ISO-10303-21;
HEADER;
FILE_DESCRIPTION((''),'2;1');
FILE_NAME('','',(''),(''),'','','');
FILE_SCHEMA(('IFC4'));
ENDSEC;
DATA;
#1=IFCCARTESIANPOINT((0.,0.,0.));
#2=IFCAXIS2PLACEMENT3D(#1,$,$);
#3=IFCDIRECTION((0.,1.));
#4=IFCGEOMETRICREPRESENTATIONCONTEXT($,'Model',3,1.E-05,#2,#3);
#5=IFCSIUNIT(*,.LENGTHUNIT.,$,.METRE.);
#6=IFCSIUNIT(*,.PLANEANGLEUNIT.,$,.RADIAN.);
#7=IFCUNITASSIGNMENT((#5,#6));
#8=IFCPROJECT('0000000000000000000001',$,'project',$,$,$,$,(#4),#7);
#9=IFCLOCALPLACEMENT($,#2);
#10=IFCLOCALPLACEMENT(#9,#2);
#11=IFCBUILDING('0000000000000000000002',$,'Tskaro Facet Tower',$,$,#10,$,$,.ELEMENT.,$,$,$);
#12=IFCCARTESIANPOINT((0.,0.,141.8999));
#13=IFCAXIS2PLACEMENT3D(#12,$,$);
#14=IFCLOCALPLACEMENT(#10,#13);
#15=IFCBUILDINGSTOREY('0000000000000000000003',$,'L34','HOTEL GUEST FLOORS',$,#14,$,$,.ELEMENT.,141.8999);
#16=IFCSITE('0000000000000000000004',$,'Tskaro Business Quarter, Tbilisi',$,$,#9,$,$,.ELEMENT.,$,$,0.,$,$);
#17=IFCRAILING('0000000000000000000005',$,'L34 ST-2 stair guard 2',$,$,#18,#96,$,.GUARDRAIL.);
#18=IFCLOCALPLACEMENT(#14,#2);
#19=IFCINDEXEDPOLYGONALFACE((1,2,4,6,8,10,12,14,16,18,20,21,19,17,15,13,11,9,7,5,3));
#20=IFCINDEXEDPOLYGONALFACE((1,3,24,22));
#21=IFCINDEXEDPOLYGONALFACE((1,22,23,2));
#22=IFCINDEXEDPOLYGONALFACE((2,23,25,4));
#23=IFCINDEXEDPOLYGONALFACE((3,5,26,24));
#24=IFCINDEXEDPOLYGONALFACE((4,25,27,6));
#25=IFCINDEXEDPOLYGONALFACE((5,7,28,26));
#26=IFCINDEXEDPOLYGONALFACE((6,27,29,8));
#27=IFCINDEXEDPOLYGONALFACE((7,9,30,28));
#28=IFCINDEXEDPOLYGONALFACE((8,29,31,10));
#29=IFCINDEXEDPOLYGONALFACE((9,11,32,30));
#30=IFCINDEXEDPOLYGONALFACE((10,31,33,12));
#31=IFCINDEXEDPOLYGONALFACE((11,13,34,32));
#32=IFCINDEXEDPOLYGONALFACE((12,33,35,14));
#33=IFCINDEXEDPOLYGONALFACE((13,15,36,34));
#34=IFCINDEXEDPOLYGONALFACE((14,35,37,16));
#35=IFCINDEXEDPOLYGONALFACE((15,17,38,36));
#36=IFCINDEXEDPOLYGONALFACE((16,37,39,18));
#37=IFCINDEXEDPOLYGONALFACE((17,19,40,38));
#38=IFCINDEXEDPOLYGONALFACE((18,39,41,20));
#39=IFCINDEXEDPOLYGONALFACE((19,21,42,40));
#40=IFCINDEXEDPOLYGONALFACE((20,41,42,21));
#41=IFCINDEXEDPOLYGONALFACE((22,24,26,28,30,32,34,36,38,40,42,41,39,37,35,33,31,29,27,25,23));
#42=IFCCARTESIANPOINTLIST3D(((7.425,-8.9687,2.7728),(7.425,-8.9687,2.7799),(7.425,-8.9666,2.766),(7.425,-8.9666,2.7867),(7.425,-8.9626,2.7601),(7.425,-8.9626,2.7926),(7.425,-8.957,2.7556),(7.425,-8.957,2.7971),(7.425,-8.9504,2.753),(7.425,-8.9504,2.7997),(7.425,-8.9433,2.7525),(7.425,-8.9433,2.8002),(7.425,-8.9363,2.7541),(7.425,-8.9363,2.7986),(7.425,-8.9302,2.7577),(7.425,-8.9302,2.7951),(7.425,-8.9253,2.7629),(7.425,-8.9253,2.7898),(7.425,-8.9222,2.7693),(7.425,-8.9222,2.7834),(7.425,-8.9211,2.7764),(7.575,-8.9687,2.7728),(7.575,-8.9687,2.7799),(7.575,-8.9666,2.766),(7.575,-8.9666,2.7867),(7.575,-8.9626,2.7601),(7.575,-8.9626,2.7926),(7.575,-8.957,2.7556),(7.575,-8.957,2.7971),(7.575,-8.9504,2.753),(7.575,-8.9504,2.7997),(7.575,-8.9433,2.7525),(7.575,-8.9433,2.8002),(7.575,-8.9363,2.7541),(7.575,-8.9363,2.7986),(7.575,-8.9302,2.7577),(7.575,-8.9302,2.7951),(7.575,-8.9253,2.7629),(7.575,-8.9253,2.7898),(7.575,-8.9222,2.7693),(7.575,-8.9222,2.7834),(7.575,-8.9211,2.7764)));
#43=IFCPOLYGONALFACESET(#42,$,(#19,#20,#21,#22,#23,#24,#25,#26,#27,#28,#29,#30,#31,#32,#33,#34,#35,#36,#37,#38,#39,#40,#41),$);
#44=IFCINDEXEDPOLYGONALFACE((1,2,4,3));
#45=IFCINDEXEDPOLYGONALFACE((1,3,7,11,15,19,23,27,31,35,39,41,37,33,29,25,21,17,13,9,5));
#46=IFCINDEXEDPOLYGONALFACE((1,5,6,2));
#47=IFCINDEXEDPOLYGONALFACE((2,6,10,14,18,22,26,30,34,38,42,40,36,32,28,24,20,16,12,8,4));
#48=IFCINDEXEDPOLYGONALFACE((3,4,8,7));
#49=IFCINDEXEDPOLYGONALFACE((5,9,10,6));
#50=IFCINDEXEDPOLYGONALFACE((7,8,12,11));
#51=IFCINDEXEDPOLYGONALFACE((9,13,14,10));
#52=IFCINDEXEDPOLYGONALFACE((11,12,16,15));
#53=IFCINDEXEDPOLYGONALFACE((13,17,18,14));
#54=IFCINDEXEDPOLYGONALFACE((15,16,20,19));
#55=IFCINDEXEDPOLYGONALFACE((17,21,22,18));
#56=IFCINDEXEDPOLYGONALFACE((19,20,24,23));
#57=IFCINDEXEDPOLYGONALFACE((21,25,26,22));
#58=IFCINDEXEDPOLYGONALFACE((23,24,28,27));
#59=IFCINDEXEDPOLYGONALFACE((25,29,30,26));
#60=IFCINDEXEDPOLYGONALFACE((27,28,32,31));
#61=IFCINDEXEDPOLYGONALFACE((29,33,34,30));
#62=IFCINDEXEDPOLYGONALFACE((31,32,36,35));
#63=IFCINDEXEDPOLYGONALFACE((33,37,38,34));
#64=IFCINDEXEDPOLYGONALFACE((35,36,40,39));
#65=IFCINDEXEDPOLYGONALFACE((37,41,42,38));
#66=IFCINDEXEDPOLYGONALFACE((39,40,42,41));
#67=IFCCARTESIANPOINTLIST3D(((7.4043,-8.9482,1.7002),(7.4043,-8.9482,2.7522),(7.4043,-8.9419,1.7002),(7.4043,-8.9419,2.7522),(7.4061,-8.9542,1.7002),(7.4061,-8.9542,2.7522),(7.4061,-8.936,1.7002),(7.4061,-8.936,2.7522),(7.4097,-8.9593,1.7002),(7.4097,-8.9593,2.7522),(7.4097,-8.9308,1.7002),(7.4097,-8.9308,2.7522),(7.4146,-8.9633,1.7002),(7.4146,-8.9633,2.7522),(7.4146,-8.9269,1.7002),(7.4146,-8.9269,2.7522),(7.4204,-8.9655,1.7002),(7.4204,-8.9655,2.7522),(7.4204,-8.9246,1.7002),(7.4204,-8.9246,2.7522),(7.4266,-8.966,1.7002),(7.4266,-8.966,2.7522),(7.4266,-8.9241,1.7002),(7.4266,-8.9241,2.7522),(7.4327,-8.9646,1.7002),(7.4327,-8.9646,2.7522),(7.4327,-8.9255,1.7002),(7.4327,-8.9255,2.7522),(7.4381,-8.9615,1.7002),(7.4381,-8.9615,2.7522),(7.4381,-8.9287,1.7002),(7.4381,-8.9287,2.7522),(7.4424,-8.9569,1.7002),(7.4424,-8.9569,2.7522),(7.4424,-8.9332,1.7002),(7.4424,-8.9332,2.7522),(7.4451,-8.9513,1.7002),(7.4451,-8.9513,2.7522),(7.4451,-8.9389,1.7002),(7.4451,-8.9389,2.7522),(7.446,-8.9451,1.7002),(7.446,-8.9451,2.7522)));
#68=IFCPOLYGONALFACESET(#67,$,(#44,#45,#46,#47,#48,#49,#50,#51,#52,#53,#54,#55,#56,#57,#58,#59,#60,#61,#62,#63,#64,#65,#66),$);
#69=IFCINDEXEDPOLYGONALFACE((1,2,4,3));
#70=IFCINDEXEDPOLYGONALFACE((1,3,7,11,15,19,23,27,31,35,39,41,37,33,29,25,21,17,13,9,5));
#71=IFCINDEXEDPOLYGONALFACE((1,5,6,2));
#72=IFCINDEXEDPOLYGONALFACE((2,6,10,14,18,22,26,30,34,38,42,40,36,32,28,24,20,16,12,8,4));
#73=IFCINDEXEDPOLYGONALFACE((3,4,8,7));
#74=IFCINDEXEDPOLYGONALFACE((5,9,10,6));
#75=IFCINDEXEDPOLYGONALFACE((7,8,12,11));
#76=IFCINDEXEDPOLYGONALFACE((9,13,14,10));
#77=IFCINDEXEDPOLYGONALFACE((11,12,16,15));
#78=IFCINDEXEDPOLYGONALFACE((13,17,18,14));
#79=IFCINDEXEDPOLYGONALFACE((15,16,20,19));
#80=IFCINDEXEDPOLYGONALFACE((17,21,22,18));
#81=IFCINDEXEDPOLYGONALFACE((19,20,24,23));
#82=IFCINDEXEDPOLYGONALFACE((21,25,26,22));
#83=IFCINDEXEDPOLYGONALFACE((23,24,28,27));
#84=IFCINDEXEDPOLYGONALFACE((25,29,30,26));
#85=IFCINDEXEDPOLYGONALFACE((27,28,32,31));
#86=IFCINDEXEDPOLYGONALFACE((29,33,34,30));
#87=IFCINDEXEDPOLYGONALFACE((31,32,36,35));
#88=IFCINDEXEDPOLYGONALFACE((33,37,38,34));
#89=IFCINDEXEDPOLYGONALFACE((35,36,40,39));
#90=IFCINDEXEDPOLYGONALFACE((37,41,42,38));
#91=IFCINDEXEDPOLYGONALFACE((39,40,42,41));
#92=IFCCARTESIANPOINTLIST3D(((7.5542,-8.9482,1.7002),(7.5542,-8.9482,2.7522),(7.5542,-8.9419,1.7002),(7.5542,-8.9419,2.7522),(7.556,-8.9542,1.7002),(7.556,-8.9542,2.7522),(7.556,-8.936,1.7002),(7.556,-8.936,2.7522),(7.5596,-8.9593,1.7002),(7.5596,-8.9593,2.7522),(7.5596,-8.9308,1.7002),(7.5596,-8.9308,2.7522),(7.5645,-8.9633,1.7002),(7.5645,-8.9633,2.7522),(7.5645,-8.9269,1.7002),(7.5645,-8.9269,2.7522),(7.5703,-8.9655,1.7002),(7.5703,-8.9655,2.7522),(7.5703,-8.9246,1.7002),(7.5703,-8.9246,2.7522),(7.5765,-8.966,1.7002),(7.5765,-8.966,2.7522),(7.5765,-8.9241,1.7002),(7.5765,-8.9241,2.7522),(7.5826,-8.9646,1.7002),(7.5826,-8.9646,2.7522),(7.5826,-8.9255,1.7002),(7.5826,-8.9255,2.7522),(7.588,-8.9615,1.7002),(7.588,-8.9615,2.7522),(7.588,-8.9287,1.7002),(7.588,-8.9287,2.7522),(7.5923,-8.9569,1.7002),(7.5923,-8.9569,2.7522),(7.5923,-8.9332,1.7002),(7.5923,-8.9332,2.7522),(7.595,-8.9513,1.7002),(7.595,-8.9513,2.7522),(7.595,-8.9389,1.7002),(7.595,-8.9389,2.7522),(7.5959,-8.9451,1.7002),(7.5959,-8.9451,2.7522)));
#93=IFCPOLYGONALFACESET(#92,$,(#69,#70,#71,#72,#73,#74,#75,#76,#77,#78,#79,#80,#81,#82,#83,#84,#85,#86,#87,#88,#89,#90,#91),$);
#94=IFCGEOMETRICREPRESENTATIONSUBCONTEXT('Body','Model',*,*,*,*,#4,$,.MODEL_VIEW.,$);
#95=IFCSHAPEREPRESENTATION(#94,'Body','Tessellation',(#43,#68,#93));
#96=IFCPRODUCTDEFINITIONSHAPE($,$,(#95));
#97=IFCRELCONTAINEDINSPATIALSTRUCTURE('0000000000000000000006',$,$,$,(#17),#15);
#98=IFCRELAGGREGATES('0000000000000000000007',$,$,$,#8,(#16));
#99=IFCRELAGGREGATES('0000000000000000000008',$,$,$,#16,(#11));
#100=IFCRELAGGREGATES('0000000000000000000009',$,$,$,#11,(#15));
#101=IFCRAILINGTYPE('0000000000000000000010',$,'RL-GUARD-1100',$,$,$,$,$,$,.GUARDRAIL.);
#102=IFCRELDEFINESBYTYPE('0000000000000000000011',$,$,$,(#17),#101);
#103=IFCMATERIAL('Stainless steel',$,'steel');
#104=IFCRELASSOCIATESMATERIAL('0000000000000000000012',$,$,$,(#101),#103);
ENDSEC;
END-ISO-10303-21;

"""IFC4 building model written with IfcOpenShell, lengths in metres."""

from ifc_helpers import new_model, si_unit, direction, frame, origin, origin_2d, place, context, subcontext, project, spatial, circle, extrude, material, type_object, element, save


model = new_model("IFC4")

# Units and contexts
model_context = context("Model", 3, precision=1e-05, world=origin(), true_north=direction((0.0, 1.0)))
body_context = subcontext(model_context, "Body", "Model", "MODEL_VIEW")
ifc_project = project(units=[si_unit("LENGTHUNIT", "METRE"), si_unit("PLANEANGLEUNIT", "RADIAN")], contexts=[model_context])

# Site, building, storey
site_placement = place(None, origin())
site = spatial("IfcSite", under=ifc_project, at=site_placement, Name="Tskaro Business Quarter, Tbilisi", CompositionType="ELEMENT", RefElevation=0.0)
building_placement = place(site_placement, origin())
building = spatial("IfcBuilding", under=site, at=building_placement, Name="Tskaro Facet Tower", CompositionType="ELEMENT")
storey_placement = place(building_placement, frame((0.0, 0.0, 141.8999)))
storey = spatial("IfcBuildingStorey", under=building, at=storey_placement, Name="L34", Description="HOTEL GUEST FLOORS", CompositionType="ELEMENT", Elevation=141.8999)

# Railing
ifc_material_1 = material(Name="Stainless steel", Category="steel")
railing_type = type_object("IfcRailingType", Name="RL-GUARD-1100", PredefinedType="GUARDRAIL", material=ifc_material_1)
railing_1_placement = place(storey_placement, frame((7.425, -8.9451, 1.7002)))
element("IfcRailing", 1, at=railing_1_placement, inside=storey, type_object=railing_type, Name="L34 ST-2 stair guard 2", PredefinedType="GUARDRAIL", context=body_context, shape_type="SweptSolid", body=[
    extrude(circle(Radius=0.0239, at=origin_2d()), frame((0.0, 0.0, 1.0762), z_axis=(1.0, 0.0, 0.0), x_axis=(0.0, 1.0, 0.0)), (0.0, 0.0, 1.0), 0.1499),
    extrude(circle(Radius=0.021, at=origin_2d()), origin(), (0.0, 0.0, 1.0), 1.052),
    extrude(circle(Radius=0.021, at=origin_2d()), frame((0.1499, 0.0, 0.0)), (0.0, 0.0, 1.0), 1.052),
])

save(model, "model.ifc")
